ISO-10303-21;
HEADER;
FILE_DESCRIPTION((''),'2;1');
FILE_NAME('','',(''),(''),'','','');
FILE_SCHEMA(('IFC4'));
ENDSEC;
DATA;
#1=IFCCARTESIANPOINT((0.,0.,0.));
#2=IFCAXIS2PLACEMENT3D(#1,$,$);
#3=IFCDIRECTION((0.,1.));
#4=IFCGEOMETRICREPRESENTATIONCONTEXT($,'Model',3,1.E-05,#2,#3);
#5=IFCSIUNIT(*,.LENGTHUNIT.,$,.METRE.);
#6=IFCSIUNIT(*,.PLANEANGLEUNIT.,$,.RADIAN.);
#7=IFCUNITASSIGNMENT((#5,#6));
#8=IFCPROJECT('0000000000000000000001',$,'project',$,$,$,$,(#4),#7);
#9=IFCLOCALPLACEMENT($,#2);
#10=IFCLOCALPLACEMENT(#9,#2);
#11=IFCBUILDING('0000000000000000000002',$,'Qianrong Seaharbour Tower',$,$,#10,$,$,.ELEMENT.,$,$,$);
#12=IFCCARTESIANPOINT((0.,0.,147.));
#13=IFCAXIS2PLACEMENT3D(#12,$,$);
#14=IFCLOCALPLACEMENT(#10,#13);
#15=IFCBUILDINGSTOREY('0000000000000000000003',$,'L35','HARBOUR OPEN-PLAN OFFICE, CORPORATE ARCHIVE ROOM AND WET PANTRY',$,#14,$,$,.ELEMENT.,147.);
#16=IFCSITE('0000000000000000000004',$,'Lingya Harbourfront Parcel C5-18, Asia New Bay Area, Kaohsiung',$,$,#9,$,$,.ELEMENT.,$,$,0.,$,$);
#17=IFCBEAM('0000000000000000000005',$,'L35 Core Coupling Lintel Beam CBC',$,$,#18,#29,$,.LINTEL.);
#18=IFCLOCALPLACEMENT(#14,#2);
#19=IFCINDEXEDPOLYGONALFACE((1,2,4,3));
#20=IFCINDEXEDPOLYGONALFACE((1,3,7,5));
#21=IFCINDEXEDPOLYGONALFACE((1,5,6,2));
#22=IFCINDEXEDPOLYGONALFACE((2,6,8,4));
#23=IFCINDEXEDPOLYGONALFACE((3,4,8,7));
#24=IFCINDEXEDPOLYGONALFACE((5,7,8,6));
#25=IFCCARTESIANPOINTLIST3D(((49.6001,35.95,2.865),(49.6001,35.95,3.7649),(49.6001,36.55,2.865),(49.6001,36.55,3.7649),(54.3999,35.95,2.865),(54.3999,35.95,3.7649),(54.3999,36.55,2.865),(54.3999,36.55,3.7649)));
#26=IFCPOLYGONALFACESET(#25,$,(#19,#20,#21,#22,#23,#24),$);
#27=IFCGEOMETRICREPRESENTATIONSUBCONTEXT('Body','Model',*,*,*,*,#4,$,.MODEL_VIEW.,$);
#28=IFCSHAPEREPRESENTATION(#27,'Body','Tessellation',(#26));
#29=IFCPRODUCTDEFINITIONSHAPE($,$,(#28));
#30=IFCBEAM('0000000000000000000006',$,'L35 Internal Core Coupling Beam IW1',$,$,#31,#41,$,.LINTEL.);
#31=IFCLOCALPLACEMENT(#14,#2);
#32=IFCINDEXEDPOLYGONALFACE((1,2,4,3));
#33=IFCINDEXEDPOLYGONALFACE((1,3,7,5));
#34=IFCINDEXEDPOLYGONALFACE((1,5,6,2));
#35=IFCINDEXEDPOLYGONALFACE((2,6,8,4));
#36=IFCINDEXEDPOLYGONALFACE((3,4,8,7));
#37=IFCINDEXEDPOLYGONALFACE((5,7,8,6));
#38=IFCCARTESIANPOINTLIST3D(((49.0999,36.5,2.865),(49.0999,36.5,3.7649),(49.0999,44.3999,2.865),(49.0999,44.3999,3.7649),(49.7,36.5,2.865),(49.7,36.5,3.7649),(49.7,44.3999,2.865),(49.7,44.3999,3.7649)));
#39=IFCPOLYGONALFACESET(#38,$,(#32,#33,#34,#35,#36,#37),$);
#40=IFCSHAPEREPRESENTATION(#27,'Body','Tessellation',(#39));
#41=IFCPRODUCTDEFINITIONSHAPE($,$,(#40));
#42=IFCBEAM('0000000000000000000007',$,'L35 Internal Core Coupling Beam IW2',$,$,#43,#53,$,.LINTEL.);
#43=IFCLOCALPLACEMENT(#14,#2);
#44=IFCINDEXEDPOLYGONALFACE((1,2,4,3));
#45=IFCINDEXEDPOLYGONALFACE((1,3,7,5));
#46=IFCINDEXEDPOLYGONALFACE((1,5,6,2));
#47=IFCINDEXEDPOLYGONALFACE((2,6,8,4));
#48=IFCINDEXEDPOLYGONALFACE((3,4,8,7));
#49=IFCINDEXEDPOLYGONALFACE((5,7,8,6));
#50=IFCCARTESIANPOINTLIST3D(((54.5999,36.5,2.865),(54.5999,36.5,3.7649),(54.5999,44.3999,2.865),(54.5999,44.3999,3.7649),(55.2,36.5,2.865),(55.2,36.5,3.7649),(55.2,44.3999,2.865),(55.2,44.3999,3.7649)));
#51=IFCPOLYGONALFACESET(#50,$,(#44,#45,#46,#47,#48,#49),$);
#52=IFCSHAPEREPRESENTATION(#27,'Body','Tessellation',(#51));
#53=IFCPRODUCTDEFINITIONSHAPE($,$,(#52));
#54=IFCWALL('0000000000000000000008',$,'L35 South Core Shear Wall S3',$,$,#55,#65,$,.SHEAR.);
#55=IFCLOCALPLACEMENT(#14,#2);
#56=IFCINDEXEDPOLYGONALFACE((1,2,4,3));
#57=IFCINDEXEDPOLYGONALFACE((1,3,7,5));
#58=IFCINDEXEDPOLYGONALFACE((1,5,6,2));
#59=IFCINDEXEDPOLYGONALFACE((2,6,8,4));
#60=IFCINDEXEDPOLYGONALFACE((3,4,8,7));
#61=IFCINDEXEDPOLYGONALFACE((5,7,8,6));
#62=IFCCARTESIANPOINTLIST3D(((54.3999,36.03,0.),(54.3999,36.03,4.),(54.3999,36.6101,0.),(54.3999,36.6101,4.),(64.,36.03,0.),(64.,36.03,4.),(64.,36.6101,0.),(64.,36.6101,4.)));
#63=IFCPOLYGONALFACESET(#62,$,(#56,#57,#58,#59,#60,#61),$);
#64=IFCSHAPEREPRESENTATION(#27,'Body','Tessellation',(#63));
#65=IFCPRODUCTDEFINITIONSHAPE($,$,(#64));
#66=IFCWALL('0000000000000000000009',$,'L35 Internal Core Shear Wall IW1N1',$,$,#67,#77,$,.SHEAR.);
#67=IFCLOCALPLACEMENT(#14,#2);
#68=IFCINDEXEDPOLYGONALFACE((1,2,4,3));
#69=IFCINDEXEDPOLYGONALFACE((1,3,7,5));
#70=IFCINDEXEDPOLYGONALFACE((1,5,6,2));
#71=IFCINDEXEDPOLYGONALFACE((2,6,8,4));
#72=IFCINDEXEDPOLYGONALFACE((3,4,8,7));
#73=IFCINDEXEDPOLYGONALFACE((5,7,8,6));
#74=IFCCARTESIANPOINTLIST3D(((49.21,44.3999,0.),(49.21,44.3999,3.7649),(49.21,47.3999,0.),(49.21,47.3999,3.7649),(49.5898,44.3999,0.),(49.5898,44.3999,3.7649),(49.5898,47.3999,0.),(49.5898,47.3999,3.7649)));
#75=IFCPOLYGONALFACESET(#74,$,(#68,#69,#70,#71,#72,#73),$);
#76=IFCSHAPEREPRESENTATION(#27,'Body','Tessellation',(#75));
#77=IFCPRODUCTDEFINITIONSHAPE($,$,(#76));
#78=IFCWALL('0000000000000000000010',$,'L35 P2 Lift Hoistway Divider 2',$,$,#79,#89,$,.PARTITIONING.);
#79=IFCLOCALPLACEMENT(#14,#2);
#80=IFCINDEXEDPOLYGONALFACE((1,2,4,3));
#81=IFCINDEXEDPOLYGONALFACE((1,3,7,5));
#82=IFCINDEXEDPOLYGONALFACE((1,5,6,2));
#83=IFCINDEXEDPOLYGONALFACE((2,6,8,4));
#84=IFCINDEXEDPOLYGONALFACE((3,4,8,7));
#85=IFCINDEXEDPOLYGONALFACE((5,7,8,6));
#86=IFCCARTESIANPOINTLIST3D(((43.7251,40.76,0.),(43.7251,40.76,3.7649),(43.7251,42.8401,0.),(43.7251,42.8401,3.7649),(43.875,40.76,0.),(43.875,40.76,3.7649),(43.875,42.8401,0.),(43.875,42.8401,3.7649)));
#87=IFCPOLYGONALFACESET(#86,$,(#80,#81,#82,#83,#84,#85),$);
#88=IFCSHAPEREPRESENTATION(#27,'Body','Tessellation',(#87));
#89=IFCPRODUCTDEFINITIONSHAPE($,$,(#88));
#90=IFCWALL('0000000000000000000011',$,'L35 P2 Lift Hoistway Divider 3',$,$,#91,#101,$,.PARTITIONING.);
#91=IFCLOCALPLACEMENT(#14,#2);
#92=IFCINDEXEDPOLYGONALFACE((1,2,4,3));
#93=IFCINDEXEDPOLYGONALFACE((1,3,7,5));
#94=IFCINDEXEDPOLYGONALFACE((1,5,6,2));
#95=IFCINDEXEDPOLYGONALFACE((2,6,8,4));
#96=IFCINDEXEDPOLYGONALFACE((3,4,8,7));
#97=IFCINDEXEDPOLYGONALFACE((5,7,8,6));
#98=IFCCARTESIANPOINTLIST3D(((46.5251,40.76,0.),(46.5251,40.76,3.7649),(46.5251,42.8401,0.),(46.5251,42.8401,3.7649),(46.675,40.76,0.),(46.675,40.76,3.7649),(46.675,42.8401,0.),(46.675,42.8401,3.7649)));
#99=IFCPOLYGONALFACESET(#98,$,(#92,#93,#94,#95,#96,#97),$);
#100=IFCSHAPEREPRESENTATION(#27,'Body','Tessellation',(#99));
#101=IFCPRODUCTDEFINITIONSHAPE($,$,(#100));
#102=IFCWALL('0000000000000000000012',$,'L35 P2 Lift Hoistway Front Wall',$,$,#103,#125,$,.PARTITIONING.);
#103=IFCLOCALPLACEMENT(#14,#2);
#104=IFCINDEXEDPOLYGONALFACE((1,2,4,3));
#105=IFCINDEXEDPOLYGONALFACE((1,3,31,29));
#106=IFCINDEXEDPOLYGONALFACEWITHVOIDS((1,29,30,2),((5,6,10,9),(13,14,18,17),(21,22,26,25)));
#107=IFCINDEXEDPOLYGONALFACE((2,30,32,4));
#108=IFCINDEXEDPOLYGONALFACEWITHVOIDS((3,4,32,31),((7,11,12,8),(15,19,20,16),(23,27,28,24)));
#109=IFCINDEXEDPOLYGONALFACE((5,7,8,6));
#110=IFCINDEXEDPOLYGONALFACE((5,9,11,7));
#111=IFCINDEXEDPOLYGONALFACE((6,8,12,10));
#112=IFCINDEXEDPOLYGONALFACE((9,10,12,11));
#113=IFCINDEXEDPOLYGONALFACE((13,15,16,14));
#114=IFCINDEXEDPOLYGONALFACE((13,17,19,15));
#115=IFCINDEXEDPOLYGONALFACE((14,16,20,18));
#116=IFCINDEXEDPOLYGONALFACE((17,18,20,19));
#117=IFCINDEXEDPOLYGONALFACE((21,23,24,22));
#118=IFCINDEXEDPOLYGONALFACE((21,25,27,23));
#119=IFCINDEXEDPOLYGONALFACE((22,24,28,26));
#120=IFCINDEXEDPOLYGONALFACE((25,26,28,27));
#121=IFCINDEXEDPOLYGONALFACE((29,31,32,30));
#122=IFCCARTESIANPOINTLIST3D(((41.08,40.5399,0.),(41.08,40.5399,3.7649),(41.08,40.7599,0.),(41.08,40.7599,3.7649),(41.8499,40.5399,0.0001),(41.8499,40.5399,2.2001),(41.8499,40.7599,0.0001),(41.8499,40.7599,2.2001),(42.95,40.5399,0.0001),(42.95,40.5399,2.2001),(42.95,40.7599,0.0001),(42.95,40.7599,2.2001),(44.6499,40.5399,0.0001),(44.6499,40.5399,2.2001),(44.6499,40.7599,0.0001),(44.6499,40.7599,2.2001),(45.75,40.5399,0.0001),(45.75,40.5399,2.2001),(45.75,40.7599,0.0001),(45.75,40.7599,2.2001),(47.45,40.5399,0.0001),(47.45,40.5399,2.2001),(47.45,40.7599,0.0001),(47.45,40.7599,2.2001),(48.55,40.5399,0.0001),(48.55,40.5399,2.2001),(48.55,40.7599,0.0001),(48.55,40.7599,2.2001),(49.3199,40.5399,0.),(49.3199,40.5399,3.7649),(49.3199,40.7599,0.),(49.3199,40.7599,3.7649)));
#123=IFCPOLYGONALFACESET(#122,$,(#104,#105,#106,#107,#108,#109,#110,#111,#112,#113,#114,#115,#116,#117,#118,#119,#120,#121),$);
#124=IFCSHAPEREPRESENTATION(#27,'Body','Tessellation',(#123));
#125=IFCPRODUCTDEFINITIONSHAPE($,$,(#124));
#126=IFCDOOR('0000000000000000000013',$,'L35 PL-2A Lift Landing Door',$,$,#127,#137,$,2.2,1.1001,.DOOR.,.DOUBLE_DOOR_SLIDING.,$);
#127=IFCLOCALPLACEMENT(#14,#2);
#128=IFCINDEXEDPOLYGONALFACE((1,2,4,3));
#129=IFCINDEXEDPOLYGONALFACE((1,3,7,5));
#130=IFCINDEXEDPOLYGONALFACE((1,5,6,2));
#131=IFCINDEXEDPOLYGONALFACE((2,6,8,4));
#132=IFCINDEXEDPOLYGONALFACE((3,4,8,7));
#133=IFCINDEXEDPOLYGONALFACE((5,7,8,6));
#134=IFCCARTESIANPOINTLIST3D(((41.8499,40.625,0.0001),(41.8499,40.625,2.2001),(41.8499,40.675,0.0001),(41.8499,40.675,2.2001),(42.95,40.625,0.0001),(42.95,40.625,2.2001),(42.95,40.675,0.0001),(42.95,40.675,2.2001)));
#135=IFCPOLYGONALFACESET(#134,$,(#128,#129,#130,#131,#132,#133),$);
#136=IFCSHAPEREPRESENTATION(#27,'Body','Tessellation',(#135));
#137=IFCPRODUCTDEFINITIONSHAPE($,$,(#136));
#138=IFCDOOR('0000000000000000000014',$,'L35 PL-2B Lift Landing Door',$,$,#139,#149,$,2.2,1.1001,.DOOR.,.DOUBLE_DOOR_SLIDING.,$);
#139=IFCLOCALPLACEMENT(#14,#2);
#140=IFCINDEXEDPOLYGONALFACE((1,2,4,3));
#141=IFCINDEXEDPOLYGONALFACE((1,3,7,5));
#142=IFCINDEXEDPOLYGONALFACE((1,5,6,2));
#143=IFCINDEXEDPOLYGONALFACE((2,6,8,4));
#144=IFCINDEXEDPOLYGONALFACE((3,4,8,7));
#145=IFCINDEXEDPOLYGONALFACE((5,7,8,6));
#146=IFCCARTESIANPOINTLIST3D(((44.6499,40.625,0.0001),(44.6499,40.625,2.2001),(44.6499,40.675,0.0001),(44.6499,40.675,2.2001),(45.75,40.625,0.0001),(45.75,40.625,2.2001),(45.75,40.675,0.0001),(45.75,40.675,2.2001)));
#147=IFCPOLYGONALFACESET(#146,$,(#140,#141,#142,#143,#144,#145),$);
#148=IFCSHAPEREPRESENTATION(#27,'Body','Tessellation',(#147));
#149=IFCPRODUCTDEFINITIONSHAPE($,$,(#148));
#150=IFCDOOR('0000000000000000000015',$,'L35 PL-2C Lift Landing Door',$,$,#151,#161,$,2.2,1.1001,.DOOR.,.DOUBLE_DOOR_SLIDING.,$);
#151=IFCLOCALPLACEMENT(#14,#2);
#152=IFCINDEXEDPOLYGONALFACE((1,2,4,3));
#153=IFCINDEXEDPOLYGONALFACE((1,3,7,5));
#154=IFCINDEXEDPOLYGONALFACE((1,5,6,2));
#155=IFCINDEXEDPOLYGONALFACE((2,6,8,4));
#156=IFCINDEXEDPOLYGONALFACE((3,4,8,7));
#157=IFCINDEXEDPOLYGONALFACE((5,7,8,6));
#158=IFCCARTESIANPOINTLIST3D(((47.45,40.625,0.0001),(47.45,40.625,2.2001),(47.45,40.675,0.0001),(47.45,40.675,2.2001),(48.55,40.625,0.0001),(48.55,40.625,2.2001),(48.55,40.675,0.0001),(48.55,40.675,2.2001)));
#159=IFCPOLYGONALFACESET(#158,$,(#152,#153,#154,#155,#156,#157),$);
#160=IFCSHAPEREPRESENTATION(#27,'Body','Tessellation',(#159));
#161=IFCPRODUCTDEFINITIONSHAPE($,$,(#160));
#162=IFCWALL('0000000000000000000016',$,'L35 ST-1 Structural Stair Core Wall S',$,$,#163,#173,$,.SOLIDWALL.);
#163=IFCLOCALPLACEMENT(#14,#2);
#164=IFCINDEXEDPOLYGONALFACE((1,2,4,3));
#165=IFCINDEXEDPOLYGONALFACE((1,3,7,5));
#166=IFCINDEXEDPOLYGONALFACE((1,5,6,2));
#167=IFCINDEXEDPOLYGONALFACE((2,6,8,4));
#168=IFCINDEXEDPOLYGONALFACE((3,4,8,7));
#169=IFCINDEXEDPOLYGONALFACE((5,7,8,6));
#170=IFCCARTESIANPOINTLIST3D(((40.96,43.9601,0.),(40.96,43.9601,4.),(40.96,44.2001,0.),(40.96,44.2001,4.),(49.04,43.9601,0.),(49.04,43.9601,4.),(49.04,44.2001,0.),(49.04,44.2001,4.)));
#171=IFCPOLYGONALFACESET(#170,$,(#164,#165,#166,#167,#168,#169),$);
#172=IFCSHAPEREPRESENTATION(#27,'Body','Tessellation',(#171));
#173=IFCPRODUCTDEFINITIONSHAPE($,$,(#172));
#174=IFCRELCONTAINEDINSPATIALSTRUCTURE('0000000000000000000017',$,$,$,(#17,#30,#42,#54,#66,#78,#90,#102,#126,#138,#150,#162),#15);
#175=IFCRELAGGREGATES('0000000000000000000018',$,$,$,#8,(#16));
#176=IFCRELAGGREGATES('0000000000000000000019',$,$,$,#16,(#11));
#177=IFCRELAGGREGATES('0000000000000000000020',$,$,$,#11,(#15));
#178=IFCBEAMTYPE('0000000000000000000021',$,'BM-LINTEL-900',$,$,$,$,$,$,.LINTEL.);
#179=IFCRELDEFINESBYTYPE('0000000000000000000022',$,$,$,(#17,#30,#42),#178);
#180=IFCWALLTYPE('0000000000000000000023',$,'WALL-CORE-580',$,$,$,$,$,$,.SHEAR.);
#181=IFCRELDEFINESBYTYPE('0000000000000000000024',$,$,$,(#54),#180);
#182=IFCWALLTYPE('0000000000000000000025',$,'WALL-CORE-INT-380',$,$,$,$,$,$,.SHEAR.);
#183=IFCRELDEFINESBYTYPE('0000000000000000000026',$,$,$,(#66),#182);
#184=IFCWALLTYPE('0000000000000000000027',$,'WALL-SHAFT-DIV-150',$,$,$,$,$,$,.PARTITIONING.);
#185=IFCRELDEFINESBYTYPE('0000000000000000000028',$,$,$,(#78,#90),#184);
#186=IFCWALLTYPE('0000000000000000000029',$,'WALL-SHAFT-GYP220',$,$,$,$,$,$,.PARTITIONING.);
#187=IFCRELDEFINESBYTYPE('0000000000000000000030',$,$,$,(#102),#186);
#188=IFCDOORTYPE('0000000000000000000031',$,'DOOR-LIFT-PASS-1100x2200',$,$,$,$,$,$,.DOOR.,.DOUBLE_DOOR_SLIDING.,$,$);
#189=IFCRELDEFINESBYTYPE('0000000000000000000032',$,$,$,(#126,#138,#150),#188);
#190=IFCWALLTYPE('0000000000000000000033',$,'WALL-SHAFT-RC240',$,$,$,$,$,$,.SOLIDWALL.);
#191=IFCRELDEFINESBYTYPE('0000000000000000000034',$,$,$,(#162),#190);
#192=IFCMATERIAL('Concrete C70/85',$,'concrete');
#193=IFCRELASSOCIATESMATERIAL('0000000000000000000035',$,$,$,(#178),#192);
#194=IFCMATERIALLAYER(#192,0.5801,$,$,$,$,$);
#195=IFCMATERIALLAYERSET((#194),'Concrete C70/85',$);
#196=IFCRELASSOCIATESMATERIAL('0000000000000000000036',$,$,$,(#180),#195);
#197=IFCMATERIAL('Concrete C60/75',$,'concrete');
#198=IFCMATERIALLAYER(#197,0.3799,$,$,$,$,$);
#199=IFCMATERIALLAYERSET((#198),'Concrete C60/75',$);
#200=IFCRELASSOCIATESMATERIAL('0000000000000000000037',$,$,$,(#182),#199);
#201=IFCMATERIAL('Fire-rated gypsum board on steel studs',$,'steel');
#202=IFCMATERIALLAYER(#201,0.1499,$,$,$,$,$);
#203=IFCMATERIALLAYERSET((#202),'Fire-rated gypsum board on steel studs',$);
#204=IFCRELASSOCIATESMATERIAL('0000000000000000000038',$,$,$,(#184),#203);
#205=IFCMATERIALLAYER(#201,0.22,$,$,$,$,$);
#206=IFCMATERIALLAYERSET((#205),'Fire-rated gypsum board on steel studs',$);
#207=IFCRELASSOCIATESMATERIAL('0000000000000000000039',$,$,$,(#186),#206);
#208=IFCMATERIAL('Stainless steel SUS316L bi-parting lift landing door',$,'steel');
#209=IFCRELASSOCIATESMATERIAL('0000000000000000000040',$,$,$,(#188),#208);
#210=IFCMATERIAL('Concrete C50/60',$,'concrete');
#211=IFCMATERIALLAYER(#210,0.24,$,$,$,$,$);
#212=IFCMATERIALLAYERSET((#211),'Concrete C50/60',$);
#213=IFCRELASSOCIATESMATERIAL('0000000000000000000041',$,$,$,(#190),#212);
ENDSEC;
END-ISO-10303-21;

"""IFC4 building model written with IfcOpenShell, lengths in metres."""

from ifc_helpers import new_model, si_unit, direction, frame, frame_2d, origin, origin_2d, place, context, subcontext, project, spatial, rectangle, extrude, material, layer, layer_set, material_profile, profile_set, type_object, element, fill, save


model = new_model("IFC4")

# Units and contexts
model_context = context("Model", 3, precision=1e-05, world=origin(), true_north=direction((0.0, 1.0)))
body_context = subcontext(model_context, "Body", "Model", "MODEL_VIEW")
ifc_project = project(units=[si_unit("LENGTHUNIT", "METRE"), si_unit("PLANEANGLEUNIT", "RADIAN")], contexts=[model_context])

# Site, building, storey
site_placement = place(None, origin())
site = spatial("IfcSite", under=ifc_project, at=site_placement, Name="Lingya Harbourfront Parcel C5-18, Asia New Bay Area, Kaohsiung", CompositionType="ELEMENT", RefElevation=0.0)
building_placement = place(site_placement, origin())
building = spatial("IfcBuilding", under=site, at=building_placement, Name="Qianrong Seaharbour Tower", CompositionType="ELEMENT")
storey_placement = place(building_placement, frame((0.0, 0.0, 147.0)))
storey = spatial("IfcBuildingStorey", under=building, at=storey_placement, Name="L35", Description="HARBOUR OPEN-PLAN OFFICE, CORPORATE ARCHIVE ROOM AND WET PANTRY", CompositionType="ELEMENT", Elevation=147.0)

# Beams
ifc_material_1 = material(Name="Concrete C70/85", Category="concrete")
ifc_material_profile = material_profile(ifc_material_1, rectangle(XDim=0.6001, YDim=0.8999, at=origin_2d()), Name="RC600x900")
ifc_profile_set = profile_set([ifc_material_profile], Name="Concrete C70/85")
beam_type = type_object("IfcBeamType", Name="BM-LINTEL-900", PredefinedType="LINTEL", material=ifc_profile_set)
beam_placement = place(storey_placement, frame((49.6001, 36.25, 3.3149), z_axis=(1.0, 0.0, 0.0), x_axis=(0.0, 1.0, 0.0)))
element("IfcBeam", 1, at=beam_placement, inside=storey, type_object=beam_type, Name="L35 Core Coupling Lintel Beam CBC", PredefinedType="LINTEL", context=body_context, shape_type="SweptSolid", body=[
    extrude(rectangle(XDim=0.6001, YDim=0.8999, at=origin_2d()), origin(), (0.0, 0.0, 1.0), 4.7998),
])
for number, where, z_axis, x_axis, name in (
    (2, (49.3999, 36.5, 3.3149), (0.0, 1.0, 0.0), (-1.0, 0.0, 0.0), "L35 Internal Core Coupling Beam IW1"),
    (3, (54.8999, 36.5, 3.3149), (0.0, 1.0, 0.0), (-1.0, 0.0, 0.0), "L35 Internal Core Coupling Beam IW2"),
):
    element("IfcBeam", number, at=place(storey_placement, frame(where, z_axis=z_axis, x_axis=x_axis)), inside=storey, type_object=beam_type, Name=name, PredefinedType="LINTEL", context=body_context, shape_type="SweptSolid", body=[
        extrude(rectangle(XDim=0.6001, YDim=0.8999, at=origin_2d()), origin(), (0.0, 0.0, 1.0), 7.8999),
    ])

# Walls
ifc_layer_1 = layer(ifc_material_1, 0.5801)
ifc_layer_set_1 = layer_set([ifc_layer_1], Name="Concrete C70/85")
wall_type_1 = type_object("IfcWallType", Name="WALL-CORE-580", PredefinedType="SHEAR", material=ifc_layer_set_1)
wall_1_placement = place(storey_placement, frame((54.3999, 36.3201, 0.0), z_axis=(0.0, 0.0, 1.0), x_axis=(1.0, 0.0, 0.0)))
element("IfcWall", 4, at=wall_1_placement, inside=storey, type_object=wall_type_1, Name="L35 South Core Shear Wall S3", PredefinedType="SHEAR", context=body_context, shape_type="SweptSolid", body=[
    extrude(rectangle(XDim=9.6001, YDim=0.5801, at=frame_2d((4.8, 0.0))), origin(), (0.0, 0.0, 1.0), 4.0),
])
ifc_material_2 = material(Name="Concrete C60/75", Category="concrete")
ifc_layer_2 = layer(ifc_material_2, 0.3799)
ifc_layer_set_2 = layer_set([ifc_layer_2], Name="Concrete C60/75")
wall_type_2 = type_object("IfcWallType", Name="WALL-CORE-INT-380", PredefinedType="SHEAR", material=ifc_layer_set_2)
wall_2_placement = place(storey_placement, frame((49.3999, 44.3999, 0.0), z_axis=(0.0, 0.0, 1.0), x_axis=(0.0, 1.0, 0.0)))
element("IfcWall", 5, at=wall_2_placement, inside=storey, type_object=wall_type_2, Name="L35 Internal Core Shear Wall IW1N1", PredefinedType="SHEAR", context=body_context, shape_type="SweptSolid", body=[
    extrude(rectangle(XDim=3.0, YDim=0.3799, at=frame_2d((1.5, 0.0))), origin(), (0.0, 0.0, 1.0), 3.7649),
])

# Walls
ifc_material_3 = material(Name="Fire-rated gypsum board on steel studs", Category="steel")
ifc_layer_3 = layer(ifc_material_3, 0.1499)
ifc_layer_set_3 = layer_set([ifc_layer_3], Name="Fire-rated gypsum board on steel studs")
wall_type_3 = type_object("IfcWallType", Name="WALL-SHAFT-DIV-150", PredefinedType="PARTITIONING", material=ifc_layer_set_3)
for number, where, z_axis, x_axis, name in (
    (6, (43.8, 40.76, 0.0), (0.0, 0.0, 1.0), (0.0, 1.0, 0.0), "L35 P2 Lift Hoistway Divider 2"),
    (7, (46.6001, 40.76, 0.0), (0.0, 0.0, 1.0), (0.0, 1.0, 0.0), "L35 P2 Lift Hoistway Divider 3"),
):
    element("IfcWall", number, at=place(storey_placement, frame(where, z_axis=z_axis, x_axis=x_axis)), inside=storey, type_object=wall_type_3, Name=name, PredefinedType="PARTITIONING", context=body_context, shape_type="SweptSolid", body=[
        extrude(rectangle(XDim=2.0801, YDim=0.1499, at=frame_2d((1.04, 0.0))), origin(), (0.0, 0.0, 1.0), 3.7649),
    ])

# Wall, openings, doors
ifc_layer_4 = layer(ifc_material_3, 0.22)
ifc_layer_set_4 = layer_set([ifc_layer_4], Name="Fire-rated gypsum board on steel studs")
wall_type_4 = type_object("IfcWallType", Name="WALL-SHAFT-GYP220", PredefinedType="PARTITIONING", material=ifc_layer_set_4)
wall_3_placement = place(storey_placement, frame((49.3201, 40.6499, 0.0), z_axis=(0.0, 0.0, 1.0), x_axis=(-1.0, 0.0, 0.0)))
wall_3 = element("IfcWall", 8, at=wall_3_placement, inside=storey, type_object=wall_type_4, Name="L35 P2 Lift Hoistway Front Wall", PredefinedType="PARTITIONING", context=body_context, shape_type="SweptSolid", body=[
    extrude(rectangle(XDim=8.24, YDim=0.22, at=frame_2d((4.1201, 0.0))), origin(), (0.0, 0.0, 1.0), 3.7649),
])
opening_1_placement = place(wall_3_placement, frame((6.3701, 0.0, 0.0)))
opening_1 = element("IfcOpeningElement", 9, at=opening_1_placement, cuts=wall_3, PredefinedType="OPENING", context=body_context, shape_type="SweptSolid", body=[
    extrude(rectangle(XDim=1.1001, YDim=2.2, at=frame_2d((0.55, 1.1001))), frame((0.0, 0.1201, 0.0), z_axis=(0.0, -1.0, 0.0), x_axis=(1.0, 0.0, 0.0)), (0.0, 0.0, 1.0), 0.24),
])
opening_2_placement = place(wall_3_placement, frame((3.5701, 0.0, 0.0)))
opening_2 = element("IfcOpeningElement", 10, at=opening_2_placement, cuts=wall_3, PredefinedType="OPENING", context=body_context, shape_type="SweptSolid", body=[
    extrude(rectangle(XDim=1.1001, YDim=2.2, at=frame_2d((0.55, 1.1001))), frame((0.0, 0.1201, 0.0), z_axis=(0.0, -1.0, 0.0), x_axis=(1.0, 0.0, 0.0)), (0.0, 0.0, 1.0), 0.24),
])
opening_3_placement = place(wall_3_placement, frame((0.77, 0.0, 0.0)))
opening_3 = element("IfcOpeningElement", 11, at=opening_3_placement, cuts=wall_3, PredefinedType="OPENING", context=body_context, shape_type="SweptSolid", body=[
    extrude(rectangle(XDim=1.1001, YDim=2.2, at=frame_2d((0.55, 1.1001))), frame((0.0, 0.1201, 0.0), z_axis=(0.0, -1.0, 0.0), x_axis=(1.0, 0.0, 0.0)), (0.0, 0.0, 1.0), 0.24),
])
ifc_material_4 = material(Name="Stainless steel SUS316L bi-parting lift landing door", Category="steel")
door_type_1 = type_object("IfcDoorType", Name="DOOR-LIFT-PASS-1100x2200", OperationType="DOUBLE_DOOR_SLIDING", PredefinedType="DOOR", material=ifc_material_4)
door_1_placement = place(opening_1_placement, origin())
door_1 = element("IfcDoor", 12, at=door_1_placement, inside=storey, type_object=door_type_1, Name="L35 PL-2A Lift Landing Door", OperationType="DOUBLE_DOOR_SLIDING", OverallHeight=2.2, OverallWidth=1.1001, PredefinedType="DOOR", context=body_context, shape_type="SweptSolid", body=[
    extrude(rectangle(XDim=1.1001, YDim=2.2, at=frame_2d((0.55, 1.1001))), frame((0.0, 0.0249, 0.0), z_axis=(0.0, -1.0, 0.0), x_axis=(1.0, 0.0, 0.0)), (0.0, 0.0, 1.0), 0.05),
])
fill(opening_1, door_1)
door_2_placement = place(opening_2_placement, origin())
door_2 = element("IfcDoor", 13, at=door_2_placement, inside=storey, type_object=door_type_1, Name="L35 PL-2B Lift Landing Door", OperationType="DOUBLE_DOOR_SLIDING", OverallHeight=2.2, OverallWidth=1.1001, PredefinedType="DOOR", context=body_context, shape_type="SweptSolid", body=[
    extrude(rectangle(XDim=1.1001, YDim=2.2, at=frame_2d((0.55, 1.1001))), frame((0.0, 0.0249, 0.0), z_axis=(0.0, -1.0, 0.0), x_axis=(1.0, 0.0, 0.0)), (0.0, 0.0, 1.0), 0.05),
])
fill(opening_2, door_2)
door_3_placement = place(opening_3_placement, origin())
door_3 = element("IfcDoor", 14, at=door_3_placement, inside=storey, type_object=door_type_1, Name="L35 PL-2C Lift Landing Door", OperationType="DOUBLE_DOOR_SLIDING", OverallHeight=2.2, OverallWidth=1.1001, PredefinedType="DOOR", context=body_context, shape_type="SweptSolid", body=[
    extrude(rectangle(XDim=1.1001, YDim=2.2, at=frame_2d((0.55, 1.1001))), frame((0.0, 0.0249, 0.0), z_axis=(0.0, -1.0, 0.0), x_axis=(1.0, 0.0, 0.0)), (0.0, 0.0, 1.0), 0.05),
])
fill(opening_3, door_3)

# Wall
ifc_material_5 = material(Name="Concrete C50/60", Category="concrete")
ifc_layer_5 = layer(ifc_material_5, 0.24)
ifc_layer_set_5 = layer_set([ifc_layer_5], Name="Concrete C50/60")
wall_type_5 = type_object("IfcWallType", Name="WALL-SHAFT-RC240", PredefinedType="SOLIDWALL", material=ifc_layer_set_5)
wall_4_placement = place(storey_placement, frame((49.04, 44.0801, 0.0), z_axis=(0.0, 0.0, 1.0), x_axis=(-1.0, 0.0, 0.0)))
element("IfcWall", 15, at=wall_4_placement, inside=storey, type_object=wall_type_5, Name="L35 ST-1 Structural Stair Core Wall S", PredefinedType="SOLIDWALL", context=body_context, shape_type="SweptSolid", body=[
    extrude(rectangle(XDim=8.0801, YDim=0.24, at=frame_2d((4.04, 0.0))), origin(), (0.0, 0.0, 1.0), 4.0),
])

save(model, "model.ifc")
